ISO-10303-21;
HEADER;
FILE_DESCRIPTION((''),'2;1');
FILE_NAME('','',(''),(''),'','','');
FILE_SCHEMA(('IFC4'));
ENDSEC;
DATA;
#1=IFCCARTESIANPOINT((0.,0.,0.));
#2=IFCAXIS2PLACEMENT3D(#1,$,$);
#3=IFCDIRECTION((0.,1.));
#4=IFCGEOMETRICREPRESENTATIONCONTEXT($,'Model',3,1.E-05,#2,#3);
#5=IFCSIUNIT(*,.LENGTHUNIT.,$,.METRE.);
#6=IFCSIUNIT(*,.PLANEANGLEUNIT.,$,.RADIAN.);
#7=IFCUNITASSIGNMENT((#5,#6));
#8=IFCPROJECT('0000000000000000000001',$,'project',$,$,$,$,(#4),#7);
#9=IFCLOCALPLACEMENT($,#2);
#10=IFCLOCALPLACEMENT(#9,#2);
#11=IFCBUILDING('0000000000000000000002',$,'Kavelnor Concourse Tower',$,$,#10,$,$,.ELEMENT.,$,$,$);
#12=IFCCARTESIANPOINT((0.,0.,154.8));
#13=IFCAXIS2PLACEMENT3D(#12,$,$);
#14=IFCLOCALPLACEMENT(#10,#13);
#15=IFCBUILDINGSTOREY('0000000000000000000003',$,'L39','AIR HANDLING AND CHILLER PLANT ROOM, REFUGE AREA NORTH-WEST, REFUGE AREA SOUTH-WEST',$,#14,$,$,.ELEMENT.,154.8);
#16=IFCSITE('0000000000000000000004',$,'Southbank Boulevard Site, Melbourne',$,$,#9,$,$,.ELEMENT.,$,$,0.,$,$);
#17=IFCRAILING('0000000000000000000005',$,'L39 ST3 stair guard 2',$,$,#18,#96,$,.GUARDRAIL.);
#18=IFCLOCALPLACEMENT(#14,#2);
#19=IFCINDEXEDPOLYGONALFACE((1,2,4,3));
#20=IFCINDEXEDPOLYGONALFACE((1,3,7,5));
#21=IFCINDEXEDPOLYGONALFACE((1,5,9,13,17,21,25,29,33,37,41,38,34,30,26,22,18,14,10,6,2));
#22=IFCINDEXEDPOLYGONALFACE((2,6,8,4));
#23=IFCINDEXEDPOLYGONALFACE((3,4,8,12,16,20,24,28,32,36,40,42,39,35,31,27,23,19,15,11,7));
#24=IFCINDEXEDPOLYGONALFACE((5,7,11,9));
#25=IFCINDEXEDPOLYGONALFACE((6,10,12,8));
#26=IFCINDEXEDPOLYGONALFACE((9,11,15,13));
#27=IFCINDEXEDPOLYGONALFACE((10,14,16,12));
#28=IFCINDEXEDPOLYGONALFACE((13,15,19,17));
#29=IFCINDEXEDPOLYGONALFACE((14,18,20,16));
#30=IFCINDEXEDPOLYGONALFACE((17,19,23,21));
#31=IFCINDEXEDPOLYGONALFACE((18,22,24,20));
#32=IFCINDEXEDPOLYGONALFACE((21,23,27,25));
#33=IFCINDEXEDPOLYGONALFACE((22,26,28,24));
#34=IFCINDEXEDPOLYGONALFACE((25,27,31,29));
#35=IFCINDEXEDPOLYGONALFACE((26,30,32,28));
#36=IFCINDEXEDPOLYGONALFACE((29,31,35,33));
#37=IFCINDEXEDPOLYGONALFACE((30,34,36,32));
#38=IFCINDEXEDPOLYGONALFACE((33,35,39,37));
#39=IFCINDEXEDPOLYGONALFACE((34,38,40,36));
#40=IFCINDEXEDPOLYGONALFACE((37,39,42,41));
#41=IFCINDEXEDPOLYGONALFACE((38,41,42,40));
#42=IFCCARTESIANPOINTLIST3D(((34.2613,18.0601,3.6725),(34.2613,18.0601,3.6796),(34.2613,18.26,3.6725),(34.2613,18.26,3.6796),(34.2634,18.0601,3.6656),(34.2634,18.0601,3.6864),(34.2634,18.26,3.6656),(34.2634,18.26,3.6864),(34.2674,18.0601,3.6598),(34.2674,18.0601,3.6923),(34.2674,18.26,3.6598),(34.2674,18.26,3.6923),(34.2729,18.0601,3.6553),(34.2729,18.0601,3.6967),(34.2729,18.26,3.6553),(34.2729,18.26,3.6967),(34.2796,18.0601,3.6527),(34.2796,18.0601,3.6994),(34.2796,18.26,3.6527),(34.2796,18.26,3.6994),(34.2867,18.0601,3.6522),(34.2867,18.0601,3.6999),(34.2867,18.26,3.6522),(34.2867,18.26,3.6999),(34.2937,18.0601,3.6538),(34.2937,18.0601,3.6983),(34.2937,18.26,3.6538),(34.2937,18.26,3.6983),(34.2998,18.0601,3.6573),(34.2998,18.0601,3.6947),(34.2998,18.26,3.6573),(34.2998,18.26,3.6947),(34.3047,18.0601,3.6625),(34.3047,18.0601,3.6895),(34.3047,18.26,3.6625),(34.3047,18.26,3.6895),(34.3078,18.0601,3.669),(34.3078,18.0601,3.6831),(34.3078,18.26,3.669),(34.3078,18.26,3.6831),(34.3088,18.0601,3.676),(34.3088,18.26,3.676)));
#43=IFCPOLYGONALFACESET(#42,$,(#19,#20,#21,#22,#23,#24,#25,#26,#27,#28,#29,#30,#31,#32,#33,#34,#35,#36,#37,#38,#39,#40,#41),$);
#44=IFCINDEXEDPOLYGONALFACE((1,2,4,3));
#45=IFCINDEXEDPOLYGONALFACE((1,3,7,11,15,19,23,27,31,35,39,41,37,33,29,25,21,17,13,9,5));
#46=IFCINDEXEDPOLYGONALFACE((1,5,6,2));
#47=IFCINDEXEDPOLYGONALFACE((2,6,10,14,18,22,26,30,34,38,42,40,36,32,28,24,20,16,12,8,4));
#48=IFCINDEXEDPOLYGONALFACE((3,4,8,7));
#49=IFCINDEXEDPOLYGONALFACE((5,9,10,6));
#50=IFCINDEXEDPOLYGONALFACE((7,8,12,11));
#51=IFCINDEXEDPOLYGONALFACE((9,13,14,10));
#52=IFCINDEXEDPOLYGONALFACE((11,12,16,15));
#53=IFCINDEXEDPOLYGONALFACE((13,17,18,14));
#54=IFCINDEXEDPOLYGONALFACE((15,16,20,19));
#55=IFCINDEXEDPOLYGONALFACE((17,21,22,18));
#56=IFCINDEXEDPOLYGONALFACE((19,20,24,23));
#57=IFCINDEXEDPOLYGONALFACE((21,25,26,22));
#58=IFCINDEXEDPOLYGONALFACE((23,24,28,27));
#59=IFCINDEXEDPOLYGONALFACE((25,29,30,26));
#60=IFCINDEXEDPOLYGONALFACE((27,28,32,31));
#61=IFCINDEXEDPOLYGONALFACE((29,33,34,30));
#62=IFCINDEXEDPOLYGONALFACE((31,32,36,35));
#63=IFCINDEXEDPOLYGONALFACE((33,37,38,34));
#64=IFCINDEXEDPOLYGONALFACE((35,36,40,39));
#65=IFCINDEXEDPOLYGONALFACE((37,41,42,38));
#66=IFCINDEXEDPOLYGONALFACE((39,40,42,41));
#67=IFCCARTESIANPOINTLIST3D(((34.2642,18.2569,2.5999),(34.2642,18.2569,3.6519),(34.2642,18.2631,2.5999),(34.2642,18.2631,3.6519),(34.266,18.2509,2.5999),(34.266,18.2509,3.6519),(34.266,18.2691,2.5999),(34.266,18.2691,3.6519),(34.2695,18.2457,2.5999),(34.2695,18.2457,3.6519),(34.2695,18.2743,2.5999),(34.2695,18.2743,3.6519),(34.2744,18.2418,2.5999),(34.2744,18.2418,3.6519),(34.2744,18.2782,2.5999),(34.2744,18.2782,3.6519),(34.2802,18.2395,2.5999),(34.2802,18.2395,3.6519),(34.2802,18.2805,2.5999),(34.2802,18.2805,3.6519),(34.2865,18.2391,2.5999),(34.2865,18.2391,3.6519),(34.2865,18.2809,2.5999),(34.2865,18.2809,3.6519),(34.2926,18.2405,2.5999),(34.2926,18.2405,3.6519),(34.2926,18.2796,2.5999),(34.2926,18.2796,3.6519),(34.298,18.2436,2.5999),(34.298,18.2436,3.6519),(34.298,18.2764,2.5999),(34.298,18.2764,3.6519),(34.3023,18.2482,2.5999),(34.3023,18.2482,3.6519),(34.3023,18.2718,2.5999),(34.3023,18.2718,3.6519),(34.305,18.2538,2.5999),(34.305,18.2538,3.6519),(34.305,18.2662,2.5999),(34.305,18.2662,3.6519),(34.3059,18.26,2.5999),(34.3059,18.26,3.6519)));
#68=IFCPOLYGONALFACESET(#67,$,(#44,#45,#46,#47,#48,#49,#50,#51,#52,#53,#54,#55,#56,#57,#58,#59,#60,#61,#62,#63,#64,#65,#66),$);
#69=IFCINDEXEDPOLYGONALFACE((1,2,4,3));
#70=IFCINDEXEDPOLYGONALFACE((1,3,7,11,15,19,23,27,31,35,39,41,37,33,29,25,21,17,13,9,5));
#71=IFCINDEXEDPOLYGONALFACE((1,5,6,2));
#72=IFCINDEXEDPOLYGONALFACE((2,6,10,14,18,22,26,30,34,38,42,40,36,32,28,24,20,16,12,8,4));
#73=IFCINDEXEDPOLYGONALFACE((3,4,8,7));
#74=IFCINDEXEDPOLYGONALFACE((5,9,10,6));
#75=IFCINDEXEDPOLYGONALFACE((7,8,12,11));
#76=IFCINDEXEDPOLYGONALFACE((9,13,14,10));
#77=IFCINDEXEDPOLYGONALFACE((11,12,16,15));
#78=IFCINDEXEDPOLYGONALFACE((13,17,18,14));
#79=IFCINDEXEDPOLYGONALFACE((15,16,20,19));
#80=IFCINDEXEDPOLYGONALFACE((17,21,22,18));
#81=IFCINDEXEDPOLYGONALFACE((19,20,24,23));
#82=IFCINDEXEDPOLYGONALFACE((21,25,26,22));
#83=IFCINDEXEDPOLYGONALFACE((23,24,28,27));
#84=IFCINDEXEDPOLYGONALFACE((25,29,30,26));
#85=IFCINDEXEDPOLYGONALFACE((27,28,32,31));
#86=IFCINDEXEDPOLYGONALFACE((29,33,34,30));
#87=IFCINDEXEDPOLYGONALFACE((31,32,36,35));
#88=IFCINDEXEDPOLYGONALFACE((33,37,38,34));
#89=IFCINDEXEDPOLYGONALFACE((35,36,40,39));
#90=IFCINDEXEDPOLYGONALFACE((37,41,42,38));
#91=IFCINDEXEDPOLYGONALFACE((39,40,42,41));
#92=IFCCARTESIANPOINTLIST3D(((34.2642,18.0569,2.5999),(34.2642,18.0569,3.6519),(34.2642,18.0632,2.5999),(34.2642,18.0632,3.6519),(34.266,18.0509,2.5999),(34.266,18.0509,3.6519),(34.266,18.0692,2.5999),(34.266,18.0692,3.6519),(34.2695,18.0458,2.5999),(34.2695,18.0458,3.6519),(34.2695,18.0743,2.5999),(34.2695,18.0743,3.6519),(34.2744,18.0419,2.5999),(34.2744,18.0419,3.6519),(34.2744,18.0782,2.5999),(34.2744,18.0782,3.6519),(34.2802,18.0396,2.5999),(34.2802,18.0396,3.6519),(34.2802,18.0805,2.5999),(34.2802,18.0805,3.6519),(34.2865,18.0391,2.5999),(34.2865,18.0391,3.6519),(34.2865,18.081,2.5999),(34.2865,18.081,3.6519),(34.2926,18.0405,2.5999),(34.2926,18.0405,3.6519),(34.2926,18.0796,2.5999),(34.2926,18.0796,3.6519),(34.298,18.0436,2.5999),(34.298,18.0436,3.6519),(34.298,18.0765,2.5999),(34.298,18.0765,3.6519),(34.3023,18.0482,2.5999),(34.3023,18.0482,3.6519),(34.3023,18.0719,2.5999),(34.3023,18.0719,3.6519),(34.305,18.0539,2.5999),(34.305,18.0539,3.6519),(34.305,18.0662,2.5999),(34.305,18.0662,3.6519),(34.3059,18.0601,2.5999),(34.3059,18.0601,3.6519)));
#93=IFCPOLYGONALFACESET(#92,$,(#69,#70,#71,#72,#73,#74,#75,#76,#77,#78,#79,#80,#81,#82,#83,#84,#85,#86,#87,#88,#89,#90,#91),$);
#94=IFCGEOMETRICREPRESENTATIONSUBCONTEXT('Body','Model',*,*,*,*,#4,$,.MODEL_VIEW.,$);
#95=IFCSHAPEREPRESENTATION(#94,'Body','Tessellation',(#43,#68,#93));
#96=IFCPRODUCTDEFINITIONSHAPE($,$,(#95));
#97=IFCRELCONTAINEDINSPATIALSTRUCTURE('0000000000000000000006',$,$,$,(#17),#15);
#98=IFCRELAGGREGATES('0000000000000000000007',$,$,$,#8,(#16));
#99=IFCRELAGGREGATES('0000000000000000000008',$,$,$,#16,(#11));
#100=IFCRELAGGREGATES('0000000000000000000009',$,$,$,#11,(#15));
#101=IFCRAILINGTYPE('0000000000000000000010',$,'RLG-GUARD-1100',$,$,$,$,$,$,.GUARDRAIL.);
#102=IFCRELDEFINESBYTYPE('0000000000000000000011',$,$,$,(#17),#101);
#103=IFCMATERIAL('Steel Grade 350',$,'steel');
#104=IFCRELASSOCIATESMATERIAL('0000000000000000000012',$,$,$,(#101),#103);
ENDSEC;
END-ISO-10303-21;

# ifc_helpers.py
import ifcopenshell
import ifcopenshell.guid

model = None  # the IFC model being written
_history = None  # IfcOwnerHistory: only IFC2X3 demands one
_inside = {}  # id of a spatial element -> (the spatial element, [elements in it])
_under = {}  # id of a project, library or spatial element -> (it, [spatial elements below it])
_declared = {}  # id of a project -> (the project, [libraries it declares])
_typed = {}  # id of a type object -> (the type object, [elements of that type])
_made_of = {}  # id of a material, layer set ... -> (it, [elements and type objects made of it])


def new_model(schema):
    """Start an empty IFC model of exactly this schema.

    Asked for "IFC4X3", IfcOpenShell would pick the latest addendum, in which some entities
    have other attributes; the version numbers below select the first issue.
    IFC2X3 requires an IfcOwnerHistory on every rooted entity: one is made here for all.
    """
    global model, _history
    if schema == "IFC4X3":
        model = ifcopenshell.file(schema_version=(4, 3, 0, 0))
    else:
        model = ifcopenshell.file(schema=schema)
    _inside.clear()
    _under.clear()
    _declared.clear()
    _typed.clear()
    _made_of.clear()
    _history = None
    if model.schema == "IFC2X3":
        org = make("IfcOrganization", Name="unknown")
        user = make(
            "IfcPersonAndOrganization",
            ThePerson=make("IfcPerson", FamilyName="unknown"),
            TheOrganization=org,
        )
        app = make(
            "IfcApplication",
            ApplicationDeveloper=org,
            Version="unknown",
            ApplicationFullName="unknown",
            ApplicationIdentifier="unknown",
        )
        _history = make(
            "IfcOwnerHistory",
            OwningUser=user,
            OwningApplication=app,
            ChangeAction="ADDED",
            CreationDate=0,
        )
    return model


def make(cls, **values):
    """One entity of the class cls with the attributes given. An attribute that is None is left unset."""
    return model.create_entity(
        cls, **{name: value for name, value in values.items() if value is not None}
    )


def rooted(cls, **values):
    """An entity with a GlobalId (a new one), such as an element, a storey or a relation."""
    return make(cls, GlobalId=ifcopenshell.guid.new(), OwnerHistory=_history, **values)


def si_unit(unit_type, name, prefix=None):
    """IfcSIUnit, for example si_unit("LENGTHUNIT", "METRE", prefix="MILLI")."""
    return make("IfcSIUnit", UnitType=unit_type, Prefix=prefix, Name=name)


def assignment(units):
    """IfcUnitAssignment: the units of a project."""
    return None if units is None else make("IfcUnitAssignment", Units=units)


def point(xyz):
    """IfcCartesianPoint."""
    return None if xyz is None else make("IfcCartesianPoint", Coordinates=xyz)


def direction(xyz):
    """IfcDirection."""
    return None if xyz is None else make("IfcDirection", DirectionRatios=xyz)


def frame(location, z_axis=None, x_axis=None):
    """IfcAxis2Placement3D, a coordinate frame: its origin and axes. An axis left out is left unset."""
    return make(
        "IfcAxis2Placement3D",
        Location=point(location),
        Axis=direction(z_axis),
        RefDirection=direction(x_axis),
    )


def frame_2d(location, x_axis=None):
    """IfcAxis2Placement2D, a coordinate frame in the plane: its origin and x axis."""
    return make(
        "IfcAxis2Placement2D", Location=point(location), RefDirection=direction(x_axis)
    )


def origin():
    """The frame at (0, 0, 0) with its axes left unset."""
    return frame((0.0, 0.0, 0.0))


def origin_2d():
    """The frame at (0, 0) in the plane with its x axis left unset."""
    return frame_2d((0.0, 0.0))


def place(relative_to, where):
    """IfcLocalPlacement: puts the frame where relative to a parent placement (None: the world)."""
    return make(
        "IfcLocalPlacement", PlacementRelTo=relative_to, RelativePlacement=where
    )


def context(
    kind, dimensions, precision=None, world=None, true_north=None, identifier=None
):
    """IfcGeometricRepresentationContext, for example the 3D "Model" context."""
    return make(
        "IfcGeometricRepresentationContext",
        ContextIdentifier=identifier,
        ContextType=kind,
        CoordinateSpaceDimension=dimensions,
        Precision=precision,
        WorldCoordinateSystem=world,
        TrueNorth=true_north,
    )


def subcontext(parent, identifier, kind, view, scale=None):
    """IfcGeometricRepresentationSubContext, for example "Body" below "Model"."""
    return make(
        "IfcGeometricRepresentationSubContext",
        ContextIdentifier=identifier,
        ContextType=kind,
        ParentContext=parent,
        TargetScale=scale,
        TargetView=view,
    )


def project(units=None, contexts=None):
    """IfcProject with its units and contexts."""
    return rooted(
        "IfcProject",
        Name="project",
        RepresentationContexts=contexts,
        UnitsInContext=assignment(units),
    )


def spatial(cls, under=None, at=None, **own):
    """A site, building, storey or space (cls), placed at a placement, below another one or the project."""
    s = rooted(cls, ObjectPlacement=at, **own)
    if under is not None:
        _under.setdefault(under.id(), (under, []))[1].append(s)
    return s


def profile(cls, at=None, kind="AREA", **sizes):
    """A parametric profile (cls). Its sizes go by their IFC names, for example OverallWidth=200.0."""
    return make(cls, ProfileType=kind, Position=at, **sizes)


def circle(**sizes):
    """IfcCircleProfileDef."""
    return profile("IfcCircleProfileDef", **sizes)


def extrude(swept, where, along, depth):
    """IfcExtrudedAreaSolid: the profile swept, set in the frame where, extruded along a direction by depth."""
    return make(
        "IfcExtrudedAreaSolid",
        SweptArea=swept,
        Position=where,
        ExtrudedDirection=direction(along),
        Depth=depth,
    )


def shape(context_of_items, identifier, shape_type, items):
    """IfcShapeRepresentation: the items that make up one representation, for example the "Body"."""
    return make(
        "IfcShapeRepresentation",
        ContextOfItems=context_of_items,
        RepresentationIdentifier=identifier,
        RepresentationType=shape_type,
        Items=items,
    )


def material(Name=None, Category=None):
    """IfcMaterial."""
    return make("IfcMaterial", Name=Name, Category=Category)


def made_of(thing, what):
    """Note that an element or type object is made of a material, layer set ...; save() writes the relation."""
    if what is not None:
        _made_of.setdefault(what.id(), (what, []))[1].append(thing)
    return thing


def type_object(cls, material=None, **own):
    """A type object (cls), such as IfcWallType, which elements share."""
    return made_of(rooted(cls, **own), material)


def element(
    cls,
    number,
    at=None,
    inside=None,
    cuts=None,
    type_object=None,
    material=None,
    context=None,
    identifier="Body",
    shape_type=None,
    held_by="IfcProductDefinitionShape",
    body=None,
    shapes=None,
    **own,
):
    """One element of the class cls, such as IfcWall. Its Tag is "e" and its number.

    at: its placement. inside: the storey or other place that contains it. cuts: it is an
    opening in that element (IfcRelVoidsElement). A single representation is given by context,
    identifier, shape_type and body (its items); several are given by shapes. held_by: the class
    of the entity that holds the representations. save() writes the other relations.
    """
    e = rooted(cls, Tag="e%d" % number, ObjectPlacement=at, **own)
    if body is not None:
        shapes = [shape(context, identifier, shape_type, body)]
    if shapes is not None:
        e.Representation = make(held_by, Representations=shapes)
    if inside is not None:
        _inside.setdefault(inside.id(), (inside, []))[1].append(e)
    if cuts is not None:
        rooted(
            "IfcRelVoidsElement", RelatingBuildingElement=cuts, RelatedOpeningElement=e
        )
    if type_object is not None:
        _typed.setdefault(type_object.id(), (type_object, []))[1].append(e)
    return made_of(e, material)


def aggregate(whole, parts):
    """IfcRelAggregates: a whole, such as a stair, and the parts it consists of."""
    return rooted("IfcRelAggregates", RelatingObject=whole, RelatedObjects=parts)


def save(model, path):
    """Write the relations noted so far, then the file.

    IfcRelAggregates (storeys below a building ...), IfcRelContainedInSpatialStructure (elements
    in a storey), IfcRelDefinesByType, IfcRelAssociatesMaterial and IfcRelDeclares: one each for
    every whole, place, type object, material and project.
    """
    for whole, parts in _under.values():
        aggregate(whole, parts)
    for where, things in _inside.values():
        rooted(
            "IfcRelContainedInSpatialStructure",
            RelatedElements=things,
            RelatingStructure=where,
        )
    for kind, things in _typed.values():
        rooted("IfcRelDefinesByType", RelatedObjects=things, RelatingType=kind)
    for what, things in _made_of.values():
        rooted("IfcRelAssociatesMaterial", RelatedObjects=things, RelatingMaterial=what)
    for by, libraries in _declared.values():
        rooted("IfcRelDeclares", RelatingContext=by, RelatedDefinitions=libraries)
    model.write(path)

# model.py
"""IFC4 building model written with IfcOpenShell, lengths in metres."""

from ifc_helpers import new_model, si_unit, direction, frame, origin, origin_2d, place, context, subcontext, project, spatial, circle, extrude, material, type_object, element, save


model = new_model("IFC4")

# Units and contexts
model_context = context("Model", 3, precision=1e-05, world=origin(), true_north=direction((0.0, 1.0)))
body_context = subcontext(model_context, "Body", "Model", "MODEL_VIEW")
ifc_project = project(units=[si_unit("LENGTHUNIT", "METRE"), si_unit("PLANEANGLEUNIT", "RADIAN")], contexts=[model_context])

# Site, building, storey
site_placement = place(None, origin())
site = spatial("IfcSite", under=ifc_project, at=site_placement, Name="Southbank Boulevard Site, Melbourne", CompositionType="ELEMENT", RefElevation=0.0)
building_placement = place(site_placement, origin())
building = spatial("IfcBuilding", under=site, at=building_placement, Name="Kavelnor Concourse Tower", CompositionType="ELEMENT")
storey_placement = place(building_placement, frame((0.0, 0.0, 154.8)))
storey = spatial("IfcBuildingStorey", under=building, at=storey_placement, Name="L39", Description="AIR HANDLING AND CHILLER PLANT ROOM, REFUGE AREA NORTH-WEST, REFUGE AREA SOUTH-WEST", CompositionType="ELEMENT", Elevation=154.8)

# Shared definitions
ifc_material_1 = material(Name="Steel Grade 350", Category="steel")

# Railing
railing_type_1 = type_object("IfcRailingType", Name="RLG-GUARD-1100", PredefinedType="GUARDRAIL", material=ifc_material_1)
railing_1_placement = place(storey_placement, frame((34.2849, 18.26, 2.5999)))
element("IfcRailing", 1, at=railing_1_placement, inside=storey, type_object=railing_type_1, Name="L39 ST3 stair guard 2", PredefinedType="GUARDRAIL", context=body_context, shape_type="SweptSolid", body=[
    extrude(circle(Radius=0.0239, at=origin_2d()), frame((0.0, 0.0, 1.0762), z_axis=(0.0, -1.0, 0.0), x_axis=(1.0, 0.0, 0.0)), (0.0, 0.0, 1.0), 0.2),
    extrude(circle(Radius=0.021, at=origin_2d()), origin(), (0.0, 0.0, 1.0), 1.052),
    extrude(circle(Radius=0.021, at=origin_2d()), frame((0.0, -0.2, 0.0)), (0.0, 0.0, 1.0), 1.052),
])

save(model, "model.ifc")
